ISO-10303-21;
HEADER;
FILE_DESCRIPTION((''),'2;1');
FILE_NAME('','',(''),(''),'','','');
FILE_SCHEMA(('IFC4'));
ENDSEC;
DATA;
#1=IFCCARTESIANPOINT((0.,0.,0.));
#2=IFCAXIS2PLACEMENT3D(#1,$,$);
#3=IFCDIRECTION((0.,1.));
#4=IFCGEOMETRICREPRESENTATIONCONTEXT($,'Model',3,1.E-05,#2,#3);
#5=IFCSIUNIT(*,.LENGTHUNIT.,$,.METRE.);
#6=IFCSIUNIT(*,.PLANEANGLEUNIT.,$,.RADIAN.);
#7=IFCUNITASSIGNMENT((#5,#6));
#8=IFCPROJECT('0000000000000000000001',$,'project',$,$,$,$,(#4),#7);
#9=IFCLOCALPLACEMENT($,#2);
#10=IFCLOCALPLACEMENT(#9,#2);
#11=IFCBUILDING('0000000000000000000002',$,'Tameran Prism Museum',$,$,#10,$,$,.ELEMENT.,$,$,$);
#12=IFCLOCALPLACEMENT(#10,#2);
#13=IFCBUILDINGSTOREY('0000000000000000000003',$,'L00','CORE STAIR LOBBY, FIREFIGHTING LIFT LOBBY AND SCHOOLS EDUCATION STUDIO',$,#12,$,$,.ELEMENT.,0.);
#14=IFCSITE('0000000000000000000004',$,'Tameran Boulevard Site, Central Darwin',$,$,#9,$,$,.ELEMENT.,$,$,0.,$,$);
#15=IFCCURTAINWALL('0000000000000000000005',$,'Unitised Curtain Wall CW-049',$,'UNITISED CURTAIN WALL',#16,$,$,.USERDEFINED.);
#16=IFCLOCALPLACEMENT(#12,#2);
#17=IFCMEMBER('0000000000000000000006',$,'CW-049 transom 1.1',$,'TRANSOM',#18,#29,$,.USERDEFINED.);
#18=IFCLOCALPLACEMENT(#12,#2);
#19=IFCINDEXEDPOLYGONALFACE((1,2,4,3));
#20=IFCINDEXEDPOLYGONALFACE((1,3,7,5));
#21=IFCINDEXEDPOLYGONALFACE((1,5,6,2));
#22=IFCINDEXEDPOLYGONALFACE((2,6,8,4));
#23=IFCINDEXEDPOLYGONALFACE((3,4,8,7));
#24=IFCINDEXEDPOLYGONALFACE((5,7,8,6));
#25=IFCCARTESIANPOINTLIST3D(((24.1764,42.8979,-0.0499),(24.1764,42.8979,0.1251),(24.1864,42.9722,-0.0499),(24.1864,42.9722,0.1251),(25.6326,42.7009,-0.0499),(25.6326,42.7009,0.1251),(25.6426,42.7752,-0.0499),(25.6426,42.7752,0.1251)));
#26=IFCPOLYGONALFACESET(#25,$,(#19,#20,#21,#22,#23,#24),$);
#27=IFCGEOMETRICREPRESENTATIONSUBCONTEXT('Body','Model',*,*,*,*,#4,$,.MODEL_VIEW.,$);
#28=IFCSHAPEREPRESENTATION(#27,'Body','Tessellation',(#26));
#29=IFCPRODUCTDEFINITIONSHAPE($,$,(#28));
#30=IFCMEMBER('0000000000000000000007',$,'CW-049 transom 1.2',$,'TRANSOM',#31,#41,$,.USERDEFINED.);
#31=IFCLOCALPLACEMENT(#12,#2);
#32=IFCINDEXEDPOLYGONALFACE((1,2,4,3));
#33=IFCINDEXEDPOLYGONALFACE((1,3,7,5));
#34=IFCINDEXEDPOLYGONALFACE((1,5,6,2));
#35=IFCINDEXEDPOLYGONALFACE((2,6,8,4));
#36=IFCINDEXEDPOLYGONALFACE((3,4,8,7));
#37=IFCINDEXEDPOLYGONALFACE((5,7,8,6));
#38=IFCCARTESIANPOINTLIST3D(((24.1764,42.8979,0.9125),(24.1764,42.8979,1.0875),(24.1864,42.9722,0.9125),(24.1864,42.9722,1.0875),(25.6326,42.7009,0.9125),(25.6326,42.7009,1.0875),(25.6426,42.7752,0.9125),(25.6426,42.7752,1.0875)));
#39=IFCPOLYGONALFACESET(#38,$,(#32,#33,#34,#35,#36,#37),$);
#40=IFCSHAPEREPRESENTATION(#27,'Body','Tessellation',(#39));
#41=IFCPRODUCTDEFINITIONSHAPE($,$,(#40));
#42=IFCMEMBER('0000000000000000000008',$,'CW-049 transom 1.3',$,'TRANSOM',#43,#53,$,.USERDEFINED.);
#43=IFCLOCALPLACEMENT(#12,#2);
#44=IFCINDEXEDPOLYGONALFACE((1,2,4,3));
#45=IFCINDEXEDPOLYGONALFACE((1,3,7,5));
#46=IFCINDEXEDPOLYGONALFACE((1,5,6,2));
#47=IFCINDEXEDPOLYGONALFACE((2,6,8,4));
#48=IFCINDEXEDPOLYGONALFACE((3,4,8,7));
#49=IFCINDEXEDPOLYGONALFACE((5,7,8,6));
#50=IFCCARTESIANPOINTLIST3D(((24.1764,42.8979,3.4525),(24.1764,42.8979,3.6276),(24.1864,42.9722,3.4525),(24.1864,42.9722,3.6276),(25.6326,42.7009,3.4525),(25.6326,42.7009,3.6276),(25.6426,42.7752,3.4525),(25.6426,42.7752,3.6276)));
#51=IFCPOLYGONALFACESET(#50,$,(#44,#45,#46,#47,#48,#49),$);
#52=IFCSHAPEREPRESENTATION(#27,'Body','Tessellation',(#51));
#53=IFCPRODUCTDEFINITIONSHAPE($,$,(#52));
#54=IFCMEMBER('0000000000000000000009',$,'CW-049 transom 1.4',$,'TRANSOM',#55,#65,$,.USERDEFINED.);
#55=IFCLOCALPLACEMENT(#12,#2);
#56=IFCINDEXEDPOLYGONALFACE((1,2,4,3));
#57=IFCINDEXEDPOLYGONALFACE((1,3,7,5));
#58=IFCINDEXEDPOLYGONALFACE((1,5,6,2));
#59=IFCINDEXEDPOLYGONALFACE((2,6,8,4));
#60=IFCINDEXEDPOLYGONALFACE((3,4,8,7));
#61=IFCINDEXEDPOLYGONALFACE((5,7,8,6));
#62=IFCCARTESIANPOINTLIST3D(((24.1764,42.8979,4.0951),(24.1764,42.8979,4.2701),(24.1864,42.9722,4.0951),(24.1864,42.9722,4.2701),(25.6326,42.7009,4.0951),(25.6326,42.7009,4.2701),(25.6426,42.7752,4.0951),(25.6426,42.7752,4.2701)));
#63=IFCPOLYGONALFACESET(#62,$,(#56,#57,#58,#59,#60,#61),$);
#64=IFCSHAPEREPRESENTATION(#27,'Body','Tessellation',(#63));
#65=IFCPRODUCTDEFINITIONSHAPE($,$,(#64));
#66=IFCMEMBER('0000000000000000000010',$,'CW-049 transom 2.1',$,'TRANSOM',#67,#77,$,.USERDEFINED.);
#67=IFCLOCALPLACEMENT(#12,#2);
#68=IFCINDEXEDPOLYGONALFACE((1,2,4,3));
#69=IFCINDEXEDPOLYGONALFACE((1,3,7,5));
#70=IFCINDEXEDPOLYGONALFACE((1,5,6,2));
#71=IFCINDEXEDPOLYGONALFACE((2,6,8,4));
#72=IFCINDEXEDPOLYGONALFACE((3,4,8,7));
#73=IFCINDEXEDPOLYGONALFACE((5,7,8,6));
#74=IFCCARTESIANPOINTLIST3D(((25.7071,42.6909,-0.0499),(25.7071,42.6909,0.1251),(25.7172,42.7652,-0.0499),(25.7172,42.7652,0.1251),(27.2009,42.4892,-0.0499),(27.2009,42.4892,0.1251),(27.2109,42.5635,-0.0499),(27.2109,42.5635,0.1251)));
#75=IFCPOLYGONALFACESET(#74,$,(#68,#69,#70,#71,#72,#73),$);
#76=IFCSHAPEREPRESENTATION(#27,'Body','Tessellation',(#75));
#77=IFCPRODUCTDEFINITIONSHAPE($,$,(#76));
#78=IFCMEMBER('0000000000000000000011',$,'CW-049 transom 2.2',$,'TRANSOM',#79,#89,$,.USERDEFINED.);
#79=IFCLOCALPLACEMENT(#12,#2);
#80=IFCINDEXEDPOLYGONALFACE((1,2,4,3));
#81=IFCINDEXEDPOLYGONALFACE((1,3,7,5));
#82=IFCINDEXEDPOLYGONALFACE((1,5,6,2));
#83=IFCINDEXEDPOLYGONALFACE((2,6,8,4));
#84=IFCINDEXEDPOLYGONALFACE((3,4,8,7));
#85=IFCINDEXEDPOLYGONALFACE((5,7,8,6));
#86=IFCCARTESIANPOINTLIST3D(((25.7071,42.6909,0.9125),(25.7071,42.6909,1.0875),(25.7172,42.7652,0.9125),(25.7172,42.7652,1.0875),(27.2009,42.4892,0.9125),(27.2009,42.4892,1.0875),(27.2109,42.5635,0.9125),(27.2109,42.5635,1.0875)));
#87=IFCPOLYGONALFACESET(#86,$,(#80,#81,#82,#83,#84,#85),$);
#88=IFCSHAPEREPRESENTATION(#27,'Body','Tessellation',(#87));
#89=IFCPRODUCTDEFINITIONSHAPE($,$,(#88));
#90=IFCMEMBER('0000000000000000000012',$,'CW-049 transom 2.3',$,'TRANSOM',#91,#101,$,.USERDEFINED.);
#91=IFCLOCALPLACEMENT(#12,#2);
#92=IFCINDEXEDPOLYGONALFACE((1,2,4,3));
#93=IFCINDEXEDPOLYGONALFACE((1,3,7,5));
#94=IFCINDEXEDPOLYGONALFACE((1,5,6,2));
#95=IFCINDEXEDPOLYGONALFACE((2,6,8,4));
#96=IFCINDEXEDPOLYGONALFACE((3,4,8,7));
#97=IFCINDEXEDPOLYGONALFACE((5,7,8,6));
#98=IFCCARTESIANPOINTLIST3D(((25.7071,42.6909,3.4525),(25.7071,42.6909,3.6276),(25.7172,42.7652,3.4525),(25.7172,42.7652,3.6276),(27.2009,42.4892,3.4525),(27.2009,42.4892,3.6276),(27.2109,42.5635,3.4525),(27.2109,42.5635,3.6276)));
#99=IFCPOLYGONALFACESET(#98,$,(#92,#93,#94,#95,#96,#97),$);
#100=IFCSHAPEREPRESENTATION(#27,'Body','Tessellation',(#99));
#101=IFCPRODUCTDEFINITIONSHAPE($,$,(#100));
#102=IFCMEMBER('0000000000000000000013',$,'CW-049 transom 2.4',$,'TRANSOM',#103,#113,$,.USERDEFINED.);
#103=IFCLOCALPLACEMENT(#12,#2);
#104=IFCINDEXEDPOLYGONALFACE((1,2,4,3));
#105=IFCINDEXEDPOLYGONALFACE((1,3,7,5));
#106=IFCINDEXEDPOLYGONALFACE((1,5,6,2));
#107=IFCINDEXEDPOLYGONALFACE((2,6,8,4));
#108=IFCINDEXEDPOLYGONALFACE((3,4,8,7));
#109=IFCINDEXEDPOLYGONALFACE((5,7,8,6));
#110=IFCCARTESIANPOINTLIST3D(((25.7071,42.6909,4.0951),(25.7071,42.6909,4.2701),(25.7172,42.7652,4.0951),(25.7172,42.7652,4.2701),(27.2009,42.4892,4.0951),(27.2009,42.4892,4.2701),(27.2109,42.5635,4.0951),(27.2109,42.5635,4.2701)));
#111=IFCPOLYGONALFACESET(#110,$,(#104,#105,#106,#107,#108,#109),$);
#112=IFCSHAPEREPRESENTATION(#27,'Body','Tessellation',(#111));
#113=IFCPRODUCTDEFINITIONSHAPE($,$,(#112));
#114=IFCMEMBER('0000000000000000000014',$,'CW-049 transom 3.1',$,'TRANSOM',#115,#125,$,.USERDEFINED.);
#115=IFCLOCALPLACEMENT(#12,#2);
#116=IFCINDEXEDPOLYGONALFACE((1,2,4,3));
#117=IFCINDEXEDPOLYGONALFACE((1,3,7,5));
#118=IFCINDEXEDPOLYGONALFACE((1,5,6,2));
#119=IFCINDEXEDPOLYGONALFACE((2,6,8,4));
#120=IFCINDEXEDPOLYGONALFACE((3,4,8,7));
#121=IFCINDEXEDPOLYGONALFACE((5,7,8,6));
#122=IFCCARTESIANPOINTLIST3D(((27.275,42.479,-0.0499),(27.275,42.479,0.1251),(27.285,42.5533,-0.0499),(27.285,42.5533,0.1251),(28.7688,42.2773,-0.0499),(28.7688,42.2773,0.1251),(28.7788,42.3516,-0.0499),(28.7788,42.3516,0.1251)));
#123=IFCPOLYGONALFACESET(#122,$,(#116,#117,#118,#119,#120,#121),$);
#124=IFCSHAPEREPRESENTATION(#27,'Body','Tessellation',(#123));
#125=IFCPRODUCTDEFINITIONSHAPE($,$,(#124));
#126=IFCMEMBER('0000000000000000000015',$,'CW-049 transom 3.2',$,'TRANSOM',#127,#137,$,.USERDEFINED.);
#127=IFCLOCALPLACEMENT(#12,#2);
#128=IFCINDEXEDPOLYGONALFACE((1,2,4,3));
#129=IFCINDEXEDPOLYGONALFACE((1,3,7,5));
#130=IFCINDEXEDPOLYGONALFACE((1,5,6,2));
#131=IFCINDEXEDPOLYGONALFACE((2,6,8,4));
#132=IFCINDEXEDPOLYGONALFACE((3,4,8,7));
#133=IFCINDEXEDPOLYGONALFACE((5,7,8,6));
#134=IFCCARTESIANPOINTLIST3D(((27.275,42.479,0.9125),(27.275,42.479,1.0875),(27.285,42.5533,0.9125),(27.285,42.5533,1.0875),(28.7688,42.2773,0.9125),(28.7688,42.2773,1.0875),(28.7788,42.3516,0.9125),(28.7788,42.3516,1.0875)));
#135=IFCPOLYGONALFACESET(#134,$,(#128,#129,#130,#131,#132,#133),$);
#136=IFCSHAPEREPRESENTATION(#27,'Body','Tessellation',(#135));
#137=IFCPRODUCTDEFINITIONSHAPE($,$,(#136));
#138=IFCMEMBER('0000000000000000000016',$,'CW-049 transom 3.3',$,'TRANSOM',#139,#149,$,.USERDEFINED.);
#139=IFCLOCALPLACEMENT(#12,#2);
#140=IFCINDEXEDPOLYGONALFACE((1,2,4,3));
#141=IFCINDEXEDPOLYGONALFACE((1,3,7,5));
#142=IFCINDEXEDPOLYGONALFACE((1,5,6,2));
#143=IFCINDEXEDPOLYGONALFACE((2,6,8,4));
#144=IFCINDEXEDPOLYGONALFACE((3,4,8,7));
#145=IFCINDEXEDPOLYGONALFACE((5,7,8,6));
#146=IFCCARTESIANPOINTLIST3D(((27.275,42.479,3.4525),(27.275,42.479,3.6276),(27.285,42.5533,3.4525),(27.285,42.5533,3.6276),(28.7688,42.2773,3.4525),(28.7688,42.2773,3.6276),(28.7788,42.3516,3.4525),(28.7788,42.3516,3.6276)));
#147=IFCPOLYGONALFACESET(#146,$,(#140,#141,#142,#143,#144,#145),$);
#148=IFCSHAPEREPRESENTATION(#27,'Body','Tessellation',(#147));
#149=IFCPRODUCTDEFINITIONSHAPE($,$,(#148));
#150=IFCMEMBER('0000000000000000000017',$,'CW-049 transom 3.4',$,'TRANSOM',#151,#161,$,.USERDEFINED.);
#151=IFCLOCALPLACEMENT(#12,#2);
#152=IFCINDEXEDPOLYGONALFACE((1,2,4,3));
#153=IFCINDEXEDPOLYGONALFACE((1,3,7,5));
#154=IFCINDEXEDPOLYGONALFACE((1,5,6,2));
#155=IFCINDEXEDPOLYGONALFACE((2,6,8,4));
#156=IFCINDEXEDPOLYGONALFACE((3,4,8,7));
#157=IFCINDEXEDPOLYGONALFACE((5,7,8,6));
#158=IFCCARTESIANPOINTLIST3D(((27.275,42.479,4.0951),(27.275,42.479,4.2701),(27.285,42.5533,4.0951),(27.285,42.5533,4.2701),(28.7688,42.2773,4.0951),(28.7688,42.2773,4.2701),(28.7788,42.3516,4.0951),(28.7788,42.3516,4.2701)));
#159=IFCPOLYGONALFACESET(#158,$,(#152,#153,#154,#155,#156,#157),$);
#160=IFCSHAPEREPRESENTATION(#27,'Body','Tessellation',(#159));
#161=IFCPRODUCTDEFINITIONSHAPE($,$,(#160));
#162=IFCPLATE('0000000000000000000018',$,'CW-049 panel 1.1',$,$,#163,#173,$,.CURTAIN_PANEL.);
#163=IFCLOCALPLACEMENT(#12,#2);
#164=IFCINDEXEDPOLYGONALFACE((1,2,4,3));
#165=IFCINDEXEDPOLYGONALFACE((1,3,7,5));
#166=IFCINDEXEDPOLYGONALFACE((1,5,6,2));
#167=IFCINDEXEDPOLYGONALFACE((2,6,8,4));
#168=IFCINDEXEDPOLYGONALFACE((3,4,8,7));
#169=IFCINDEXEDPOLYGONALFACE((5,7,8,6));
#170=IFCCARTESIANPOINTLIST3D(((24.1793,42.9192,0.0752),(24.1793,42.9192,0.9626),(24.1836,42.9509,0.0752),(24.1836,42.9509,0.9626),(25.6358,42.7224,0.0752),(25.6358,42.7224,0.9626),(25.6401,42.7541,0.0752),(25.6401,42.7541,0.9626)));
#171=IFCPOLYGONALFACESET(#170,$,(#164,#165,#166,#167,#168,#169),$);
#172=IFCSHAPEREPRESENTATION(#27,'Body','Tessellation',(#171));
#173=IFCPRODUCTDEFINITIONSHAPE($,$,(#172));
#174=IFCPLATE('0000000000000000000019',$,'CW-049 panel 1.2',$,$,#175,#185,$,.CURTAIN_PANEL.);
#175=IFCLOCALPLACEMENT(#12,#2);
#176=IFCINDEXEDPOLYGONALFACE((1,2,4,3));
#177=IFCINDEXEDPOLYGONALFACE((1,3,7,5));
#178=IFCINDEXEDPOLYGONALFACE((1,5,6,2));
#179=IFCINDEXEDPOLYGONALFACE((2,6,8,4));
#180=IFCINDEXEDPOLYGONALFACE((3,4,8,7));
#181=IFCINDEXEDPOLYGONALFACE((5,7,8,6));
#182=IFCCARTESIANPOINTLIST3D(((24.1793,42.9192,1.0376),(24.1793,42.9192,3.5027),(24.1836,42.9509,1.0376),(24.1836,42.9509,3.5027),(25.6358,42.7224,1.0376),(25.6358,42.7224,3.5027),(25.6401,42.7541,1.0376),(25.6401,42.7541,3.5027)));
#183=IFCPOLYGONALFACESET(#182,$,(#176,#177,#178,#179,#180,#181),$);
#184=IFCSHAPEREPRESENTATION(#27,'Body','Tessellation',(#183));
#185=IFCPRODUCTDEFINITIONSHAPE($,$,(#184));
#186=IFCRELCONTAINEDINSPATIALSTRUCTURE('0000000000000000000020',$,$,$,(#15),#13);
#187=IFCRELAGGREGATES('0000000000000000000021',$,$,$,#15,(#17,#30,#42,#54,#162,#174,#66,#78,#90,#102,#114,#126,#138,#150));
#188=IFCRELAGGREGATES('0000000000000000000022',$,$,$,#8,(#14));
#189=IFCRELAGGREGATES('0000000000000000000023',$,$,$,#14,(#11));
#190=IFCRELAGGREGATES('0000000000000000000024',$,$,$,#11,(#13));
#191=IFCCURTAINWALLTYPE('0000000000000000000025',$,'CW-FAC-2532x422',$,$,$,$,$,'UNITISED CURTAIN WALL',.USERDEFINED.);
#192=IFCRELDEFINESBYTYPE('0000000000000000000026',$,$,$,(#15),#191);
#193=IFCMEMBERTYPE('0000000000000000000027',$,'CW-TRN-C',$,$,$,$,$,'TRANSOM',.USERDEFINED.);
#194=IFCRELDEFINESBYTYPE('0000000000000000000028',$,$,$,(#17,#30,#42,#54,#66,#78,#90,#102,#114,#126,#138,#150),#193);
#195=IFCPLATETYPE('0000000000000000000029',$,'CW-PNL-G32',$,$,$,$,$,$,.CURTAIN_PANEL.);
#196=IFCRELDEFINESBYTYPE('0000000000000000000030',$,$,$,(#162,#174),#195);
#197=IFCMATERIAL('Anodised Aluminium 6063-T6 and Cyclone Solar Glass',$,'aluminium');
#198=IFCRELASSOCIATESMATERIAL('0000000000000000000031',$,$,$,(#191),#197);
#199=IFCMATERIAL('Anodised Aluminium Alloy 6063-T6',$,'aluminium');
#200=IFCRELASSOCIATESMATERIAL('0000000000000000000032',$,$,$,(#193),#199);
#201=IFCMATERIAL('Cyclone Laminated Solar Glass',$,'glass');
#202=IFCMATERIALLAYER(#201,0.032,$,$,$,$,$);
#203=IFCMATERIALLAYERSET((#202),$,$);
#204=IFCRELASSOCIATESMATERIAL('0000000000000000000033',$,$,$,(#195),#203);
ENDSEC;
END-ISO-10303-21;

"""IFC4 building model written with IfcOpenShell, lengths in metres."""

from ifc_helpers import new_model, si_unit, direction, frame, origin, origin_2d, place, context, subcontext, project, spatial, rectangle, extrude, material, layer, layer_set, material_profile, profile_set, type_object, element, aggregate, save


model = new_model("IFC4")

# Units and contexts
model_context = context("Model", 3, precision=1e-05, world=origin(), true_north=direction((0.0, 1.0)))
body_context = subcontext(model_context, "Body", "Model", "MODEL_VIEW")
ifc_project = project(units=[si_unit("LENGTHUNIT", "METRE"), si_unit("PLANEANGLEUNIT", "RADIAN")], contexts=[model_context])

# Site, building, storey
site_placement = place(None, origin())
site = spatial("IfcSite", under=ifc_project, at=site_placement, Name="Tameran Boulevard Site, Central Darwin", CompositionType="ELEMENT", RefElevation=0.0)
building_placement = place(site_placement, origin())
building = spatial("IfcBuilding", under=site, at=building_placement, Name="Tameran Prism Museum", CompositionType="ELEMENT")
storey_placement = place(building_placement, origin())
storey = spatial("IfcBuildingStorey", under=building, at=storey_placement, Name="L00", Description="CORE STAIR LOBBY, FIREFIGHTING LIFT LOBBY AND SCHOOLS EDUCATION STUDIO", CompositionType="ELEMENT", Elevation=0.0)

# Curtain wall, members, plates
ifc_material_1 = material(Name="Anodised Aluminium 6063-T6 and Cyclone Solar Glass", Category="aluminium")
curtain_wall_type = type_object("IfcCurtainWallType", Name="CW-FAC-2532x422", ElementType="UNITISED CURTAIN WALL", PredefinedType="USERDEFINED", material=ifc_material_1)
curtain_wall_placement = place(storey_placement, origin())
curtain_wall = element("IfcCurtainWall", 1, at=curtain_wall_placement, inside=storey, type_object=curtain_wall_type, Name="Unitised Curtain Wall CW-049", ObjectType="UNITISED CURTAIN WALL", PredefinedType="USERDEFINED")
ifc_material_2 = material(Name="Anodised Aluminium Alloy 6063-T6", Category="aluminium")
ifc_material_profile_1 = material_profile(ifc_material_2, rectangle(XDim=0.075, YDim=0.175, at=origin_2d()))
ifc_profile_set_1 = profile_set([ifc_material_profile_1])
member_type_1 = type_object("IfcMemberType", Name="CW-TRN-C", ElementType="TRANSOM", PredefinedType="USERDEFINED", material=ifc_profile_set_1)
member_1_placement = place(storey_placement, frame((24.1814, 42.9351, 0.0376), z_axis=(0.990972, -0.134068, 0.0), x_axis=(0.134068, 0.990972, 0.0)))
member_1 = element("IfcMember", 2, at=member_1_placement, type_object=member_type_1, Name="CW-049 transom 1.1", ObjectType="TRANSOM", PredefinedType="USERDEFINED", context=body_context, shape_type="SweptSolid", body=[
    extrude(rectangle(XDim=0.075, YDim=0.175, at=origin_2d()), origin(), (0.0, 0.0, 1.0), 1.4695),
])
member_2_placement = place(storey_placement, frame((24.1814, 42.9351, 1.0), z_axis=(0.990972, -0.134068, 0.0), x_axis=(0.134068, 0.990972, 0.0)))
member_2 = element("IfcMember", 3, at=member_2_placement, type_object=member_type_1, Name="CW-049 transom 1.2", ObjectType="TRANSOM", PredefinedType="USERDEFINED", context=body_context, shape_type="SweptSolid", body=[
    extrude(rectangle(XDim=0.075, YDim=0.175, at=origin_2d()), origin(), (0.0, 0.0, 1.0), 1.4695),
])
member_3_placement = place(storey_placement, frame((24.1814, 42.9351, 3.54), z_axis=(0.990972, -0.134068, 0.0), x_axis=(0.134068, 0.990972, 0.0)))
member_3 = element("IfcMember", 4, at=member_3_placement, type_object=member_type_1, Name="CW-049 transom 1.3", ObjectType="TRANSOM", PredefinedType="USERDEFINED", context=body_context, shape_type="SweptSolid", body=[
    extrude(rectangle(XDim=0.075, YDim=0.175, at=origin_2d()), origin(), (0.0, 0.0, 1.0), 1.4695),
])
member_4_placement = place(storey_placement, frame((24.1814, 42.9351, 4.1826), z_axis=(0.990972, -0.134068, 0.0), x_axis=(0.134068, 0.990972, 0.0)))
member_4 = element("IfcMember", 5, at=member_4_placement, type_object=member_type_1, Name="CW-049 transom 1.4", ObjectType="TRANSOM", PredefinedType="USERDEFINED", context=body_context, shape_type="SweptSolid", body=[
    extrude(rectangle(XDim=0.075, YDim=0.175, at=origin_2d()), origin(), (0.0, 0.0, 1.0), 1.4695),
])
member_5_placement = place(storey_placement, frame((25.7122, 42.728, 0.0376), z_axis=(0.991009, -0.133798, 0.0), x_axis=(0.133798, 0.991009, 0.0)))
member_5 = element("IfcMember", 6, at=member_5_placement, type_object=member_type_1, Name="CW-049 transom 2.1", ObjectType="TRANSOM", PredefinedType="USERDEFINED", context=body_context, shape_type="SweptSolid", body=[
    extrude(rectangle(XDim=0.075, YDim=0.175, at=origin_2d()), origin(), (0.0, 0.0, 1.0), 1.5073),
])
member_6_placement = place(storey_placement, frame((25.7122, 42.728, 1.0), z_axis=(0.991009, -0.133798, 0.0), x_axis=(0.133798, 0.991009, 0.0)))
member_6 = element("IfcMember", 7, at=member_6_placement, type_object=member_type_1, Name="CW-049 transom 2.2", ObjectType="TRANSOM", PredefinedType="USERDEFINED", context=body_context, shape_type="SweptSolid", body=[
    extrude(rectangle(XDim=0.075, YDim=0.175, at=origin_2d()), origin(), (0.0, 0.0, 1.0), 1.5073),
])
member_7_placement = place(storey_placement, frame((25.7122, 42.728, 3.54), z_axis=(0.991009, -0.133798, 0.0), x_axis=(0.133798, 0.991009, 0.0)))
member_7 = element("IfcMember", 8, at=member_7_placement, type_object=member_type_1, Name="CW-049 transom 2.3", ObjectType="TRANSOM", PredefinedType="USERDEFINED", context=body_context, shape_type="SweptSolid", body=[
    extrude(rectangle(XDim=0.075, YDim=0.175, at=origin_2d()), origin(), (0.0, 0.0, 1.0), 1.5073),
])
member_8_placement = place(storey_placement, frame((25.7122, 42.728, 4.1826), z_axis=(0.991009, -0.133798, 0.0), x_axis=(0.133798, 0.991009, 0.0)))
member_8 = element("IfcMember", 9, at=member_8_placement, type_object=member_type_1, Name="CW-049 transom 2.4", ObjectType="TRANSOM", PredefinedType="USERDEFINED", context=body_context, shape_type="SweptSolid", body=[
    extrude(rectangle(XDim=0.075, YDim=0.175, at=origin_2d()), origin(), (0.0, 0.0, 1.0), 1.5073),
])
member_9_placement = place(storey_placement, frame((27.28, 42.5161, 0.0376), z_axis=(0.991009, -0.133798, 0.0), x_axis=(0.133798, 0.991009, 0.0)))
member_9 = element("IfcMember", 10, at=member_9_placement, type_object=member_type_1, Name="CW-049 transom 3.1", ObjectType="TRANSOM", PredefinedType="USERDEFINED", context=body_context, shape_type="SweptSolid", body=[
    extrude(rectangle(XDim=0.075, YDim=0.175, at=origin_2d()), origin(), (0.0, 0.0, 1.0), 1.5073),
])
member_10_placement = place(storey_placement, frame((27.28, 42.5161, 1.0), z_axis=(0.991009, -0.133798, 0.0), x_axis=(0.133798, 0.991009, 0.0)))
member_10 = element("IfcMember", 11, at=member_10_placement, type_object=member_type_1, Name="CW-049 transom 3.2", ObjectType="TRANSOM", PredefinedType="USERDEFINED", context=body_context, shape_type="SweptSolid", body=[
    extrude(rectangle(XDim=0.075, YDim=0.175, at=origin_2d()), origin(), (0.0, 0.0, 1.0), 1.5073),
])
member_11_placement = place(storey_placement, frame((27.28, 42.5161, 3.54), z_axis=(0.991009, -0.133798, 0.0), x_axis=(0.133798, 0.991009, 0.0)))
member_11 = element("IfcMember", 12, at=member_11_placement, type_object=member_type_1, Name="CW-049 transom 3.3", ObjectType="TRANSOM", PredefinedType="USERDEFINED", context=body_context, shape_type="SweptSolid", body=[
    extrude(rectangle(XDim=0.075, YDim=0.175, at=origin_2d()), origin(), (0.0, 0.0, 1.0), 1.5073),
])
member_12_placement = place(storey_placement, frame((27.28, 42.5161, 4.1826), z_axis=(0.991009, -0.133798, 0.0), x_axis=(0.133798, 0.991009, 0.0)))
member_12 = element("IfcMember", 13, at=member_12_placement, type_object=member_type_1, Name="CW-049 transom 3.4", ObjectType="TRANSOM", PredefinedType="USERDEFINED", context=body_context, shape_type="SweptSolid", body=[
    extrude(rectangle(XDim=0.075, YDim=0.175, at=origin_2d()), origin(), (0.0, 0.0, 1.0), 1.5073),
])
ifc_material_3 = material(Name="Cyclone Laminated Solar Glass", Category="glass")
ifc_layer_1 = layer(ifc_material_3, 0.032)
ifc_layer_set_1 = layer_set([ifc_layer_1])
plate_type = type_object("IfcPlateType", Name="CW-PNL-G32", PredefinedType="CURTAIN_PANEL", material=ifc_layer_set_1)
plate_1_placement = place(storey_placement, frame((24.9097, 42.8367, 0.0752), z_axis=(0.0, 0.0, 1.0), x_axis=(0.990993, -0.133913, 0.0)))
plate_1 = element("IfcPlate", 14, at=plate_1_placement, type_object=plate_type, Name="CW-049 panel 1.1", PredefinedType="CURTAIN_PANEL", context=body_context, shape_type="SweptSolid", body=[
    extrude(rectangle(XDim=1.4697, YDim=0.032, at=origin_2d()), origin(), (0.0, 0.0, 1.0), 0.8875),
])
plate_2_placement = place(storey_placement, frame((24.9097, 42.8367, 1.0376), z_axis=(0.0, 0.0, 1.0), x_axis=(0.990993, -0.133913, 0.0)))
plate_2 = element("IfcPlate", 15, at=plate_2_placement, type_object=plate_type, Name="CW-049 panel 1.2", PredefinedType="CURTAIN_PANEL", context=body_context, shape_type="SweptSolid", body=[
    extrude(rectangle(XDim=1.4697, YDim=0.032, at=origin_2d()), origin(), (0.0, 0.0, 1.0), 2.4651),
])
aggregate(curtain_wall, [member_1, member_2, member_3, member_4, plate_1, plate_2, member_5, member_6, member_7, member_8, member_9, member_10, member_11, member_12])

save(model, "model.ifc")
